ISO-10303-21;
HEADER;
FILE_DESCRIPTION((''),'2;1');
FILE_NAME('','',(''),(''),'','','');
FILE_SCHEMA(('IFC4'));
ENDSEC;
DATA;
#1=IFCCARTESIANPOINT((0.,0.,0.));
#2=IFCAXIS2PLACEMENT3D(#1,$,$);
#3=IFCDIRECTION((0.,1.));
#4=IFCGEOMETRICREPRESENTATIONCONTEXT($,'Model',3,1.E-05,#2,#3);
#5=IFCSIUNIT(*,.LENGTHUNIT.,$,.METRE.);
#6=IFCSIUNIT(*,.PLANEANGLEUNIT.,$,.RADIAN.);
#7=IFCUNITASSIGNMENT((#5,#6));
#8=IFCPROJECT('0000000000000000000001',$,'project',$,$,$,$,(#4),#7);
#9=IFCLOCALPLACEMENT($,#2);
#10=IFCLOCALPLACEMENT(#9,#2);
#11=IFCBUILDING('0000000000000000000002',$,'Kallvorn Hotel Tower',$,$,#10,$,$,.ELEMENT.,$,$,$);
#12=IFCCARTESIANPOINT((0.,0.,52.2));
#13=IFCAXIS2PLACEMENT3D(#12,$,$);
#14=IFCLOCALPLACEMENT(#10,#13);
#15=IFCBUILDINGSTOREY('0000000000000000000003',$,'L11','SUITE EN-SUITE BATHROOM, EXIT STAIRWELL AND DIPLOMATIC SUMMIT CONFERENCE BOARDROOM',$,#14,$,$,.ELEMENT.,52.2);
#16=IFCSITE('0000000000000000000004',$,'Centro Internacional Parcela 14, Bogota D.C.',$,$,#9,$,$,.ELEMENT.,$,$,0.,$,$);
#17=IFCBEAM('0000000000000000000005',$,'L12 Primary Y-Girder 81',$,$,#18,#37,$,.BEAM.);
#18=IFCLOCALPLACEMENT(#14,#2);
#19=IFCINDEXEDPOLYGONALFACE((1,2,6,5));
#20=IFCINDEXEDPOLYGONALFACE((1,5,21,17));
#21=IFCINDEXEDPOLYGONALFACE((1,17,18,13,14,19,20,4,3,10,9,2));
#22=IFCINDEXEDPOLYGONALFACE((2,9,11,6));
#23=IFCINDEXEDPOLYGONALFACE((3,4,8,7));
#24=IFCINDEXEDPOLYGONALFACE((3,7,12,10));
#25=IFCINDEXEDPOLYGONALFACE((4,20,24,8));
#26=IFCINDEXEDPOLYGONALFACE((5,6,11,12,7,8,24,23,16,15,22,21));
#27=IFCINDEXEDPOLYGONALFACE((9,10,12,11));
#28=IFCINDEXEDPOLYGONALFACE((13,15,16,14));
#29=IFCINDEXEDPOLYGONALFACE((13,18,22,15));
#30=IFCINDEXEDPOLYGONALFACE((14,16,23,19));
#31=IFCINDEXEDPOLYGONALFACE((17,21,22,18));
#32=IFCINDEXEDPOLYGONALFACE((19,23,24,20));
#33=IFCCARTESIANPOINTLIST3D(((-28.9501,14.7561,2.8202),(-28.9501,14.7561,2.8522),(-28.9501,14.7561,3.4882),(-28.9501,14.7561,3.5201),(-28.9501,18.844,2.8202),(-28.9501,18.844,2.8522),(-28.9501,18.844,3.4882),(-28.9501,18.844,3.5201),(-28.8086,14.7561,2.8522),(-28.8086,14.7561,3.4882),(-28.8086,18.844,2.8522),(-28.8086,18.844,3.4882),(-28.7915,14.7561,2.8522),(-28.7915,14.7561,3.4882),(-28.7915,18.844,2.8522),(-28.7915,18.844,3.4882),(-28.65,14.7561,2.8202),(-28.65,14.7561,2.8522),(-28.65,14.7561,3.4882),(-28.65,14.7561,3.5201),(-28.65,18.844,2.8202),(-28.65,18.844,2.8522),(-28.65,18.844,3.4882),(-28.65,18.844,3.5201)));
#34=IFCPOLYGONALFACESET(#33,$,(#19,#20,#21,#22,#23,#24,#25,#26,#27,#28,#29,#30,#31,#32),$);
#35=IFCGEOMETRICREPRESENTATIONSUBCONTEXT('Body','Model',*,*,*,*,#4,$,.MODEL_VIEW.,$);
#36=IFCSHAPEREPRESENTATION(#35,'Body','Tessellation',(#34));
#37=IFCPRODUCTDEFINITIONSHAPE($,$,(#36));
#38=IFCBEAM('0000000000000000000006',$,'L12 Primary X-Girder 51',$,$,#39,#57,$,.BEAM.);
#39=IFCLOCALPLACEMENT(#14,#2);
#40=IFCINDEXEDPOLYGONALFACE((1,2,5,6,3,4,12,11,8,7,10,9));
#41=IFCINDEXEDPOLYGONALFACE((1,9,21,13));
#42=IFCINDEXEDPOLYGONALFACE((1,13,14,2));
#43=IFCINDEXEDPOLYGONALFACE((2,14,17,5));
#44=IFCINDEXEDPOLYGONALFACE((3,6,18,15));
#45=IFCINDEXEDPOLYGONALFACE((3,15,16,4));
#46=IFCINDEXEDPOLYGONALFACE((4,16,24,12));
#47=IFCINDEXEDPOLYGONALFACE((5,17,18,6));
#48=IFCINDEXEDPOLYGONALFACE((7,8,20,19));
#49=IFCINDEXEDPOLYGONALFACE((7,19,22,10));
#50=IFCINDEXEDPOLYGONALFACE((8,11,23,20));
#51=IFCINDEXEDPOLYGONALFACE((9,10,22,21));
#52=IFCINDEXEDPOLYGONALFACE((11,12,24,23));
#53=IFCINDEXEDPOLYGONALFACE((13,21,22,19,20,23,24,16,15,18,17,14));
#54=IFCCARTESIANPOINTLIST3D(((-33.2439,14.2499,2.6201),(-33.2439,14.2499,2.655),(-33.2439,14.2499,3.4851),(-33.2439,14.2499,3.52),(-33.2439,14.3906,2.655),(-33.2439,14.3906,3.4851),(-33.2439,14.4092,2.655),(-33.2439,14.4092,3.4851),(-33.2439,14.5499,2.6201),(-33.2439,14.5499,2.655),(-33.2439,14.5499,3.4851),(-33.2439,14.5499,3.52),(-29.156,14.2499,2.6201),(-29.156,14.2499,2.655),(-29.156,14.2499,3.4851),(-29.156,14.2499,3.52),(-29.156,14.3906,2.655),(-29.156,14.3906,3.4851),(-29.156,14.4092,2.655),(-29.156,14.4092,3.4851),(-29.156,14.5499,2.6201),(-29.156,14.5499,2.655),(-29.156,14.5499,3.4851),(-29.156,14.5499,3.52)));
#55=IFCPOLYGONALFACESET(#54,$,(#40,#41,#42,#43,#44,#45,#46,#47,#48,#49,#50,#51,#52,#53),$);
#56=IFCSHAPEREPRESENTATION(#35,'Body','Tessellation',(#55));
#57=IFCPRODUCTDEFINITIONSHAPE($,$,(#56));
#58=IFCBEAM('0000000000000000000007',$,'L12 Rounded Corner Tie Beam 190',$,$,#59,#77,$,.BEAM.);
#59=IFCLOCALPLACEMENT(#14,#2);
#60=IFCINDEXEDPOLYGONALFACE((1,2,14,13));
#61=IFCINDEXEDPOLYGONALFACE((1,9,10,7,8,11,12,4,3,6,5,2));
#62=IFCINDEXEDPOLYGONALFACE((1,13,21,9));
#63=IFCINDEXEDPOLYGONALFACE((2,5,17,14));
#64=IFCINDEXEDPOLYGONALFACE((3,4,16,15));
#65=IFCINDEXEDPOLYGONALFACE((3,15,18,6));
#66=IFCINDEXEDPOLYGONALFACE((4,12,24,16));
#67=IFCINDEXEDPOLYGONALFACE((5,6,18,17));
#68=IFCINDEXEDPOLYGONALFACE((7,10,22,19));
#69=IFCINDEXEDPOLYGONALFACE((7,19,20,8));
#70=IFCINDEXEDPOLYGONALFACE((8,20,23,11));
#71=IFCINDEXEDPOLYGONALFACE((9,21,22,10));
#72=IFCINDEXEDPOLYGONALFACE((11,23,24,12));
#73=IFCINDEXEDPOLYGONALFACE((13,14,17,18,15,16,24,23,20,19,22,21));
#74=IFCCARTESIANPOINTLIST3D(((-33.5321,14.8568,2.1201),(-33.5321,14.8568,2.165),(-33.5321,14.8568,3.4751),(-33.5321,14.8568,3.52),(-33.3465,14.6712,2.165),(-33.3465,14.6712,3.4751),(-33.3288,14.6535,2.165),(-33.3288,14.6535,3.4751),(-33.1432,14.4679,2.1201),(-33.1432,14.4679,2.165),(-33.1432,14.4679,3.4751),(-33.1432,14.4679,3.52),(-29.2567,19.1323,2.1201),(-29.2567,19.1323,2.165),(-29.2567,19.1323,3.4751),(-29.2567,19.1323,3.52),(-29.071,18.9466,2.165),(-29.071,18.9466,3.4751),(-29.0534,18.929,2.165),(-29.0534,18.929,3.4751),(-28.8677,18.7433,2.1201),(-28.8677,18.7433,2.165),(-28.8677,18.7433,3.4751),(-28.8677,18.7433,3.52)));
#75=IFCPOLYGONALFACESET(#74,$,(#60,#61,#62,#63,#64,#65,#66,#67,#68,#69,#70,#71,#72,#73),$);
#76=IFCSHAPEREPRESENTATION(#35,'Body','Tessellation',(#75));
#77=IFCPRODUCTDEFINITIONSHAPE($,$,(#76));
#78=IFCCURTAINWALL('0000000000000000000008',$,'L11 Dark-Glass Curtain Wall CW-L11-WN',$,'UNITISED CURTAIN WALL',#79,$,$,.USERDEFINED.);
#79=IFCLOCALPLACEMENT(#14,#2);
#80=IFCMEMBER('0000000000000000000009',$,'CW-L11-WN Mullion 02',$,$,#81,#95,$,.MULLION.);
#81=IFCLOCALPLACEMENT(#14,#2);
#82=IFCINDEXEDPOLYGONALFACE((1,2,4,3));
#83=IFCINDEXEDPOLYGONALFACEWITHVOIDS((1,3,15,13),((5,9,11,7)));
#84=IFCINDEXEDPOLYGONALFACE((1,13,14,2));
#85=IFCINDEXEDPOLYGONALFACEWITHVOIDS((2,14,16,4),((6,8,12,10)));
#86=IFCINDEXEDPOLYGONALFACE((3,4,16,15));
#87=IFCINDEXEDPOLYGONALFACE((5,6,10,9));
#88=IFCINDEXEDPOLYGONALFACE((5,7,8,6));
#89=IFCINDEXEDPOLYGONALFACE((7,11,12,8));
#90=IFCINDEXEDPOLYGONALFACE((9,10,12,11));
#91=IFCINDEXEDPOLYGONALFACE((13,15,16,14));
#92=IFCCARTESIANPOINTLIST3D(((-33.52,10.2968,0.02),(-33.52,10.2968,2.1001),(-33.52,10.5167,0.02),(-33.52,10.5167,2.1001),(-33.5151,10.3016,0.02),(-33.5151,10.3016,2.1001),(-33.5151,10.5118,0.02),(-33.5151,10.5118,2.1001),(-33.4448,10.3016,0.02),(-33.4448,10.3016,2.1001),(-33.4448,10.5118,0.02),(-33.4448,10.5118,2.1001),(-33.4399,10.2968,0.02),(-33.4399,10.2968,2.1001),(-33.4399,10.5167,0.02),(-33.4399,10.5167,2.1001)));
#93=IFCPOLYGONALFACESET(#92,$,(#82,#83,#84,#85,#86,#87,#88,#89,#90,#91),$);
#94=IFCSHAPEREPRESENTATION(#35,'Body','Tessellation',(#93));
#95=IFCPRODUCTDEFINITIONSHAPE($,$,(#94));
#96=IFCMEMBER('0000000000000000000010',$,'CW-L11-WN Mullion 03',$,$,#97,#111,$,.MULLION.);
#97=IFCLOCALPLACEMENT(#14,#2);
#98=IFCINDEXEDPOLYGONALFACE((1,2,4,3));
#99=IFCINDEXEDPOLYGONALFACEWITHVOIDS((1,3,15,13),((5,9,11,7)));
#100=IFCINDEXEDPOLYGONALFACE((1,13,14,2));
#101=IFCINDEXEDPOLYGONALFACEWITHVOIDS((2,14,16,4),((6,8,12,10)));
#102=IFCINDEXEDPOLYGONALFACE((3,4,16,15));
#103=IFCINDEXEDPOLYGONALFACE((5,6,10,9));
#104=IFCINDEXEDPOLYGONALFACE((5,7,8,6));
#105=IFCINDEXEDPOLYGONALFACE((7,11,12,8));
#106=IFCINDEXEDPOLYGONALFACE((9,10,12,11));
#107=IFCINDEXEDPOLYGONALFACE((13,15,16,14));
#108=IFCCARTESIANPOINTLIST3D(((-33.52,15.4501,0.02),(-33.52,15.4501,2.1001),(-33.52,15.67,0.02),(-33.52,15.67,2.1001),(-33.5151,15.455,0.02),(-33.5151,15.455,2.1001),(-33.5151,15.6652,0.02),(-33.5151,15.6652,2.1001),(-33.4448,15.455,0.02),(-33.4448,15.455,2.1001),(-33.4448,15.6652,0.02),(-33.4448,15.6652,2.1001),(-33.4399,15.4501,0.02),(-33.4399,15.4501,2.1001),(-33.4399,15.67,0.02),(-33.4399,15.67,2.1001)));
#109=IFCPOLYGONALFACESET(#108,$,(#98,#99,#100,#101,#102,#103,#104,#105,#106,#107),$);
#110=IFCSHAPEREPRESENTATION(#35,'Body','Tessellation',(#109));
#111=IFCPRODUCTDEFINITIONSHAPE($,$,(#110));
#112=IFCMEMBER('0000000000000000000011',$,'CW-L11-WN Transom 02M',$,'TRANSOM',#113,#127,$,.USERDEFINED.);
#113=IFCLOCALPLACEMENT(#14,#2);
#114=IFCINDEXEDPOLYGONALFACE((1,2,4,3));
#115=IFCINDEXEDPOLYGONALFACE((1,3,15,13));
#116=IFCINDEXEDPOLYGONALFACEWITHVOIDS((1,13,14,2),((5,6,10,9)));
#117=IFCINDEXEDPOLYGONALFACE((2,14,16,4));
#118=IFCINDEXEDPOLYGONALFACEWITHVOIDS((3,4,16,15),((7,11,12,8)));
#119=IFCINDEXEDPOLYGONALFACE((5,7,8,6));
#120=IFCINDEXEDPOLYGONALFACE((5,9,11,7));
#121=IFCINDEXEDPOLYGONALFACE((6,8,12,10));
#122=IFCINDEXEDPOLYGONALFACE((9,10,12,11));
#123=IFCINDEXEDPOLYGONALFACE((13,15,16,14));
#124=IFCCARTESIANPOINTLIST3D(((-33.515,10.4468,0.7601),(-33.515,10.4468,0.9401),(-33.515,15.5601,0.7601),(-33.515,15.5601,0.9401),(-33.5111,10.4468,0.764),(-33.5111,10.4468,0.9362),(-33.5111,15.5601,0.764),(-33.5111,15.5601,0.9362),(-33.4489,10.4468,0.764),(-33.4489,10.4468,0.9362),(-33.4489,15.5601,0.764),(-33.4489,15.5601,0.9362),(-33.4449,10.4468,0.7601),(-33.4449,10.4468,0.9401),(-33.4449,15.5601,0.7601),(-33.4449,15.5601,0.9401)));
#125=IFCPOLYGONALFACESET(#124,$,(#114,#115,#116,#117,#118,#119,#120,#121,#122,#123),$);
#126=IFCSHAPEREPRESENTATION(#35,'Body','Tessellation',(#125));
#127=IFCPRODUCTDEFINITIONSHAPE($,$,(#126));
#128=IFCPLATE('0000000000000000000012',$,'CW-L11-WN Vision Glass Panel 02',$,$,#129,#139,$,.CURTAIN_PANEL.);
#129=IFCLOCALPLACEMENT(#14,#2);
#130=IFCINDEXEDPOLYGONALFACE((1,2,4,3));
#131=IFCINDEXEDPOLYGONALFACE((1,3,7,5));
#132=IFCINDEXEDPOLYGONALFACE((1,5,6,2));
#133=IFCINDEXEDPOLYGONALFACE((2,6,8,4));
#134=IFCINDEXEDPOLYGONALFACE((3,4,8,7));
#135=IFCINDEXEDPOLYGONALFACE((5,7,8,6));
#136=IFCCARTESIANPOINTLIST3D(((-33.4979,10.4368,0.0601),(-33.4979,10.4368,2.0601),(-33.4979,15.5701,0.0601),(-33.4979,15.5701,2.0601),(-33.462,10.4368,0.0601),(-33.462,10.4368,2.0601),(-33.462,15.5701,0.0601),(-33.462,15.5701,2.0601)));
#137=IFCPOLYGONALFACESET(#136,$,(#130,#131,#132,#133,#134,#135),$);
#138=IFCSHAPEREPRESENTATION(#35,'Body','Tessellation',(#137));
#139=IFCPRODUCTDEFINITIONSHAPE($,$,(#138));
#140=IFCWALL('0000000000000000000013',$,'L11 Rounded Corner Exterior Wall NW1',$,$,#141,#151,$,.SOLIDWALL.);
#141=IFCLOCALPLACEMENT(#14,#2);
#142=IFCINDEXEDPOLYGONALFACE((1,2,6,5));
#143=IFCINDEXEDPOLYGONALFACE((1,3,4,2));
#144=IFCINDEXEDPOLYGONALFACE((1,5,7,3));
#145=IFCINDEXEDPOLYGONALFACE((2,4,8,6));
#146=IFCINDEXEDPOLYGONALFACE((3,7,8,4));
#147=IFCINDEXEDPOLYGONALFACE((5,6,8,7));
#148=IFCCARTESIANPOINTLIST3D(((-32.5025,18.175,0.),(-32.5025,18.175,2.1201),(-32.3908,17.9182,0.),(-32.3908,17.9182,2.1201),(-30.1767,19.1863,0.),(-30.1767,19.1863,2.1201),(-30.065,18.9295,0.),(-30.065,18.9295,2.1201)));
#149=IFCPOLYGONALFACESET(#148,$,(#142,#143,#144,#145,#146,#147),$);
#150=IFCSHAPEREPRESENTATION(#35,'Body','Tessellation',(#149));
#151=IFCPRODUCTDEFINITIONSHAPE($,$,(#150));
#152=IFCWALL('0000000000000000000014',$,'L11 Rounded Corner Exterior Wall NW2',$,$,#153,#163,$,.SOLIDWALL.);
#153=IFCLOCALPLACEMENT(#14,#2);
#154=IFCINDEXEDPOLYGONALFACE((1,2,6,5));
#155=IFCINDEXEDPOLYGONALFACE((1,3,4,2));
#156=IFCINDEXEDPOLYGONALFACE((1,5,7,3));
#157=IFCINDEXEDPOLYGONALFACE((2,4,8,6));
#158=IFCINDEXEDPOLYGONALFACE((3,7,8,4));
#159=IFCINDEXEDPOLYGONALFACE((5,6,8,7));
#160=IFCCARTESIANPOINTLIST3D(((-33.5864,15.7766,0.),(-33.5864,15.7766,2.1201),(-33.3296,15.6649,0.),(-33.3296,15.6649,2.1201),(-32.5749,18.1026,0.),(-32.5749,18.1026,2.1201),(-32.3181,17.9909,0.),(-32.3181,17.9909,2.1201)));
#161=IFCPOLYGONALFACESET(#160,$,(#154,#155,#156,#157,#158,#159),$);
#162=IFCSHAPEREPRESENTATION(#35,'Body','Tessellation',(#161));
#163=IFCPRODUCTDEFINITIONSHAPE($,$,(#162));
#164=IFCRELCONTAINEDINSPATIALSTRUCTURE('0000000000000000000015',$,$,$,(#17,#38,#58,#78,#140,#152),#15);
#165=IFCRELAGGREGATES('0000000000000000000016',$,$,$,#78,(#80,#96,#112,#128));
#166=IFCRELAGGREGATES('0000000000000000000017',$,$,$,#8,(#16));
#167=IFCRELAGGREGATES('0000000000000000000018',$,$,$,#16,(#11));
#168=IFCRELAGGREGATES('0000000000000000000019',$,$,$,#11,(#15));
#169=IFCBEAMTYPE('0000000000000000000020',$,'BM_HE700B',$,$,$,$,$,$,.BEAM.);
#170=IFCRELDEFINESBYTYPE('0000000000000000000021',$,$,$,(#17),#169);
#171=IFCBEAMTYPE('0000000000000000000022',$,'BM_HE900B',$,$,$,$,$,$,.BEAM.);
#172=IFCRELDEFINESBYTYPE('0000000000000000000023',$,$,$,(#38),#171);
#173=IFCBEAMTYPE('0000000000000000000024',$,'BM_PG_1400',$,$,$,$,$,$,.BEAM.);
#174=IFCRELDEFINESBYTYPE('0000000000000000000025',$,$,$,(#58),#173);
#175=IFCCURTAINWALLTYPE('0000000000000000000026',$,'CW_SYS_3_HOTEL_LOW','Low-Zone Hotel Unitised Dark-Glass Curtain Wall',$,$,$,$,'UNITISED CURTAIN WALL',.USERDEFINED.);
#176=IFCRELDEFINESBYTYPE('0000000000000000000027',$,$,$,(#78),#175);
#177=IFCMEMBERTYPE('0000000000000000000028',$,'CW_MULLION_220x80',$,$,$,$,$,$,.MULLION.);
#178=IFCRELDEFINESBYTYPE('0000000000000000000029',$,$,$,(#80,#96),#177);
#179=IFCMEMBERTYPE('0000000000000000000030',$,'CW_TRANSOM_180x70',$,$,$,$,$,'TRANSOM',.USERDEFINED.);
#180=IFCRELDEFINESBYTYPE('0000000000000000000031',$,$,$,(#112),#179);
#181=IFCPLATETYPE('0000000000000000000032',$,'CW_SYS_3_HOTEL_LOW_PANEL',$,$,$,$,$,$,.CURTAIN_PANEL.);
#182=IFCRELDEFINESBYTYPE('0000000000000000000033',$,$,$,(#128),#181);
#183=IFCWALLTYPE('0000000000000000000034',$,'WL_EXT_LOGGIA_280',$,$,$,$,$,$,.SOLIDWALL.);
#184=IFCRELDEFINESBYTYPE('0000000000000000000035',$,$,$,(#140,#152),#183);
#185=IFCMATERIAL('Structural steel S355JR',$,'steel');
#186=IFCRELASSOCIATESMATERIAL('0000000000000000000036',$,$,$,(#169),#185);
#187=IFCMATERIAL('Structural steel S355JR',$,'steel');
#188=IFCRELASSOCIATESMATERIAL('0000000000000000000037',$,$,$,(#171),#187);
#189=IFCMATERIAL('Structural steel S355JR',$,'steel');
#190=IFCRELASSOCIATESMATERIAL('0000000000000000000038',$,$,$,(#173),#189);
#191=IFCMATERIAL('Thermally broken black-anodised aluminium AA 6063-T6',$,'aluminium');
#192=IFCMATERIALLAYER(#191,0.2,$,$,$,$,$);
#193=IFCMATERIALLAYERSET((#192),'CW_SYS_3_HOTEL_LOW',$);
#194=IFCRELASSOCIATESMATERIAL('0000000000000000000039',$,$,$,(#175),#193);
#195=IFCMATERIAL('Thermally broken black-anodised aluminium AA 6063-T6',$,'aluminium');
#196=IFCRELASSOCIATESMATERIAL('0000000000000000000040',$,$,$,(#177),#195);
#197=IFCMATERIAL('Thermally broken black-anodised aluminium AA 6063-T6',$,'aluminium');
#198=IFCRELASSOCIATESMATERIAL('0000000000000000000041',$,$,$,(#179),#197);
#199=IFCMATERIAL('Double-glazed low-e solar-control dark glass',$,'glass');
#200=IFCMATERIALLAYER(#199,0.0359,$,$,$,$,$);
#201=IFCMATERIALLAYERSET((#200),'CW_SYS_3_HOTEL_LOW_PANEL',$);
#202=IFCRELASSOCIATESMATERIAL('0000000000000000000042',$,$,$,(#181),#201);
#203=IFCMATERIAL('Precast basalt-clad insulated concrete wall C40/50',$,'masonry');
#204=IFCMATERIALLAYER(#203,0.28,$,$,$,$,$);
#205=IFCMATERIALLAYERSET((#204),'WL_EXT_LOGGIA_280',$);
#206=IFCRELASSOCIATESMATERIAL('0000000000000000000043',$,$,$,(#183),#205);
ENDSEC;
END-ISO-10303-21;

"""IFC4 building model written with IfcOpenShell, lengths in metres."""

from ifc_helpers import new_model, si_unit, direction, frame, frame_2d, origin, origin_2d, place, context, subcontext, project, spatial, rectangle, hollow_rectangle, i_section, extrude, material, layer, layer_set, material_profile, profile_set, type_object, element, aggregate, save


model = new_model("IFC4")

# Units and contexts
model_context = context("Model", 3, precision=1e-05, world=origin(), true_north=direction((0.0, 1.0)))
body_context = subcontext(model_context, "Body", "Model", "MODEL_VIEW")
ifc_project = project(units=[si_unit("LENGTHUNIT", "METRE"), si_unit("PLANEANGLEUNIT", "RADIAN")], contexts=[model_context])

# Site, building, storey
site_placement = place(None, origin())
site = spatial("IfcSite", under=ifc_project, at=site_placement, Name="Centro Internacional Parcela 14, Bogota D.C.", CompositionType="ELEMENT", RefElevation=0.0)
building_placement = place(site_placement, origin())
building = spatial("IfcBuilding", under=site, at=building_placement, Name="Kallvorn Hotel Tower", CompositionType="ELEMENT")
storey_placement = place(building_placement, frame((0.0, 0.0, 52.2)))
storey = spatial("IfcBuildingStorey", under=building, at=storey_placement, Name="L11", Description="SUITE EN-SUITE BATHROOM, EXIT STAIRWELL AND DIPLOMATIC SUMMIT CONFERENCE BOARDROOM", CompositionType="ELEMENT", Elevation=52.2)

# Beams
ifc_material_1 = material(Name="Structural steel S355JR", Category="steel")
ifc_material_profile_1 = material_profile(ifc_material_1, i_section(OverallWidth=0.3, OverallDepth=0.7, WebThickness=0.0171, FlangeThickness=0.032, at=origin_2d()), Name="HE 700 B")
ifc_profile_set_1 = profile_set([ifc_material_profile_1], Name="Structural steel S355JR")
beam_type_1 = type_object("IfcBeamType", Name="BM_HE700B", PredefinedType="BEAM", material=ifc_profile_set_1)
for number, where, z_axis, x_axis, name in (
    (1, (-28.8, 14.7561, 3.1702), (0.0, 1.0, 0.0), (-1.0, 0.0, 0.0), "L12 Primary Y-Girder 81"),
):
    element("IfcBeam", number, at=place(storey_placement, frame(where, z_axis=z_axis, x_axis=x_axis)), inside=storey, type_object=beam_type_1, Name=name, PredefinedType="BEAM", context=body_context, shape_type="SweptSolid", body=[
        extrude(i_section(OverallWidth=0.3, OverallDepth=0.7, WebThickness=0.0171, FlangeThickness=0.032, at=origin_2d()), origin(), (0.0, 0.0, 1.0), 4.0879),
    ])
ifc_material_2 = material(Name="Structural steel S355JR", Category="steel")
ifc_material_profile_2 = material_profile(ifc_material_2, i_section(OverallWidth=0.3, OverallDepth=0.8999, WebThickness=0.0186, FlangeThickness=0.0349, at=origin_2d()), Name="HE 900 B")
ifc_profile_set_2 = profile_set([ifc_material_profile_2], Name="Structural steel S355JR")
beam_type_2 = type_object("IfcBeamType", Name="BM_HE900B", PredefinedType="BEAM", material=ifc_profile_set_2)
beam_1_placement = place(storey_placement, frame((-33.2439, 14.3999, 3.0701), z_axis=(1.0, 0.0, 0.0), x_axis=(0.0, 1.0, 0.0)))
element("IfcBeam", 2, at=beam_1_placement, inside=storey, type_object=beam_type_2, Name="L12 Primary X-Girder 51", PredefinedType="BEAM", context=body_context, shape_type="SweptSolid", body=[
    extrude(i_section(OverallWidth=0.3, OverallDepth=0.8999, WebThickness=0.0186, FlangeThickness=0.0349, at=origin_2d()), origin(), (0.0, 0.0, 1.0), 4.0879),
])
ifc_material_3 = material(Name="Structural steel S355JR", Category="steel")
ifc_material_profile_3 = material_profile(ifc_material_3, i_section(OverallWidth=0.55, OverallDepth=1.3999, WebThickness=0.0249, FlangeThickness=0.0449, at=origin_2d()), Name="PG 1400x550x25x45")
ifc_profile_set_3 = profile_set([ifc_material_profile_3], Name="Structural steel S355JR")
beam_type_3 = type_object("IfcBeamType", Name="BM_PG_1400", PredefinedType="BEAM", material=ifc_profile_set_3)
beam_2_placement = place(storey_placement, frame((-33.3376, 14.6624, 2.8201), z_axis=(0.707107, 0.707107, 0.0), x_axis=(-0.707107, 0.707107, 0.0)))
element("IfcBeam", 3, at=beam_2_placement, inside=storey, type_object=beam_type_3, Name="L12 Rounded Corner Tie Beam 190", PredefinedType="BEAM", context=body_context, shape_type="SweptSolid", body=[
    extrude(i_section(OverallWidth=0.55, OverallDepth=1.3999, WebThickness=0.0249, FlangeThickness=0.0449, at=origin_2d()), origin(), (0.0, 0.0, 1.0), 6.0464),
])

# Curtain wall, members, plate
ifc_material_4 = material(Name="Thermally broken black-anodised aluminium AA 6063-T6", Category="aluminium")
ifc_layer_1 = layer(ifc_material_4, 0.2)
ifc_layer_set_1 = layer_set([ifc_layer_1], Name="CW_SYS_3_HOTEL_LOW")
curtain_wall_type = type_object("IfcCurtainWallType", Name="CW_SYS_3_HOTEL_LOW", Description="Low-Zone Hotel Unitised Dark-Glass Curtain Wall", ElementType="UNITISED CURTAIN WALL", PredefinedType="USERDEFINED", material=ifc_layer_set_1)
curtain_wall_placement = place(storey_placement, origin())
curtain_wall = element("IfcCurtainWall", 4, at=curtain_wall_placement, inside=storey, type_object=curtain_wall_type, Name="L11 Dark-Glass Curtain Wall CW-L11-WN", ObjectType="UNITISED CURTAIN WALL", PredefinedType="USERDEFINED")
ifc_material_5 = material(Name="Thermally broken black-anodised aluminium AA 6063-T6", Category="aluminium")
ifc_material_profile_4 = material_profile(ifc_material_5, hollow_rectangle(XDim=0.0801, YDim=0.22, WallThickness=0.0049, at=origin_2d()), Name="MUL 220x80")
ifc_profile_set_4 = profile_set([ifc_material_profile_4], Name="Thermally broken black-anodised aluminium AA 6063-T6")
member_type_1 = type_object("IfcMemberType", Name="CW_MULLION_220x80", PredefinedType="MULLION", material=ifc_profile_set_4)
member_1_placement = place(storey_placement, frame((-33.48, 10.4067, 0.02), z_axis=(0.0, 0.0, 1.0), x_axis=(1.0, 0.0, 0.0)))
member_1 = element("IfcMember", 5, at=member_1_placement, type_object=member_type_1, Name="CW-L11-WN Mullion 02", PredefinedType="MULLION", context=body_context, shape_type="SweptSolid", body=[
    extrude(hollow_rectangle(XDim=0.0801, YDim=0.22, WallThickness=0.0049, at=origin_2d()), origin(), (0.0, 0.0, 1.0), 2.0801),
])
member_2_placement = place(storey_placement, frame((-33.48, 15.5601, 0.02), z_axis=(0.0, 0.0, 1.0), x_axis=(1.0, 0.0, 0.0)))
member_2 = element("IfcMember", 6, at=member_2_placement, type_object=member_type_1, Name="CW-L11-WN Mullion 03", PredefinedType="MULLION", context=body_context, shape_type="SweptSolid", body=[
    extrude(hollow_rectangle(XDim=0.0801, YDim=0.22, WallThickness=0.0049, at=origin_2d()), origin(), (0.0, 0.0, 1.0), 2.0801),
])
ifc_material_6 = material(Name="Thermally broken black-anodised aluminium AA 6063-T6", Category="aluminium")
ifc_material_profile_5 = material_profile(ifc_material_6, hollow_rectangle(XDim=0.0701, YDim=0.1799, WallThickness=0.0039, at=origin_2d()), Name="TRN 180x70")
ifc_profile_set_5 = profile_set([ifc_material_profile_5], Name="Thermally broken black-anodised aluminium AA 6063-T6")
member_type_2 = type_object("IfcMemberType", Name="CW_TRANSOM_180x70", ElementType="TRANSOM", PredefinedType="USERDEFINED", material=ifc_profile_set_5)
member_3_placement = place(storey_placement, frame((-33.48, 10.4468, 0.8501), z_axis=(0.0, 1.0, 0.0), x_axis=(-1.0, 0.0, 0.0)))
member_3 = element("IfcMember", 7, at=member_3_placement, type_object=member_type_2, Name="CW-L11-WN Transom 02M", ObjectType="TRANSOM", PredefinedType="USERDEFINED", context=body_context, shape_type="SweptSolid", body=[
    extrude(hollow_rectangle(XDim=0.0701, YDim=0.1799, WallThickness=0.0039, at=origin_2d()), origin(), (0.0, 0.0, 1.0), 5.1133),
])
ifc_material_7 = material(Name="Double-glazed low-e solar-control dark glass", Category="glass")
ifc_layer_2 = layer(ifc_material_7, 0.0359)
ifc_layer_set_2 = layer_set([ifc_layer_2], Name="CW_SYS_3_HOTEL_LOW_PANEL")
plate_type = type_object("IfcPlateType", Name="CW_SYS_3_HOTEL_LOW_PANEL", PredefinedType="CURTAIN_PANEL", material=ifc_layer_set_2)
plate_placement = place(storey_placement, frame((-33.48, 13.0034, 0.0601), z_axis=(0.0, 0.0, 1.0), x_axis=(0.0, 1.0, 0.0)))
plate = element("IfcPlate", 8, at=plate_placement, type_object=plate_type, Name="CW-L11-WN Vision Glass Panel 02", PredefinedType="CURTAIN_PANEL", context=body_context, shape_type="SweptSolid", body=[
    extrude(rectangle(XDim=5.1333, YDim=0.0359, at=origin_2d()), origin(), (0.0, 0.0, 1.0), 2.0),
])
aggregate(curtain_wall, [member_1, member_2, member_3, plate])

# Walls
ifc_material_8 = material(Name="Precast basalt-clad insulated concrete wall C40/50", Category="masonry")
ifc_layer_3 = layer(ifc_material_8, 0.28)
ifc_layer_set_3 = layer_set([ifc_layer_3], Name="WL_EXT_LOGGIA_280")
wall_type_1 = type_object("IfcWallType", Name="WL_EXT_LOGGIA_280", PredefinedType="SOLIDWALL", material=ifc_layer_set_3)
wall_1_placement = place(storey_placement, frame((-30.1208, 19.0579, 0.0), z_axis=(0.0, 0.0, 1.0), x_axis=(-0.917061, -0.398747, 0.0)))
element("IfcWall", 9, at=wall_1_placement, inside=storey, type_object=wall_type_1, Name="L11 Rounded Corner Exterior Wall NW1", PredefinedType="SOLIDWALL", context=body_context, shape_type="SweptSolid", body=[
    extrude(rectangle(XDim=2.5361, YDim=0.28, at=frame_2d((1.2681, 0.0))), origin(), (0.0, 0.0, 1.0), 2.1201),
])
wall_2_placement = place(storey_placement, frame((-32.4465, 18.0466, 0.0), z_axis=(0.0, 0.0, 1.0), x_axis=(-0.398793, -0.917041, 0.0)))
element("IfcWall", 10, at=wall_2_placement, inside=storey, type_object=wall_type_1, Name="L11 Rounded Corner Exterior Wall NW2", PredefinedType="SOLIDWALL", context=body_context, shape_type="SweptSolid", body=[
    extrude(rectangle(XDim=2.5364, YDim=0.28, at=frame_2d((1.2681, 0.0))), origin(), (0.0, 0.0, 1.0), 2.1201),
])

save(model, "model.ifc")
